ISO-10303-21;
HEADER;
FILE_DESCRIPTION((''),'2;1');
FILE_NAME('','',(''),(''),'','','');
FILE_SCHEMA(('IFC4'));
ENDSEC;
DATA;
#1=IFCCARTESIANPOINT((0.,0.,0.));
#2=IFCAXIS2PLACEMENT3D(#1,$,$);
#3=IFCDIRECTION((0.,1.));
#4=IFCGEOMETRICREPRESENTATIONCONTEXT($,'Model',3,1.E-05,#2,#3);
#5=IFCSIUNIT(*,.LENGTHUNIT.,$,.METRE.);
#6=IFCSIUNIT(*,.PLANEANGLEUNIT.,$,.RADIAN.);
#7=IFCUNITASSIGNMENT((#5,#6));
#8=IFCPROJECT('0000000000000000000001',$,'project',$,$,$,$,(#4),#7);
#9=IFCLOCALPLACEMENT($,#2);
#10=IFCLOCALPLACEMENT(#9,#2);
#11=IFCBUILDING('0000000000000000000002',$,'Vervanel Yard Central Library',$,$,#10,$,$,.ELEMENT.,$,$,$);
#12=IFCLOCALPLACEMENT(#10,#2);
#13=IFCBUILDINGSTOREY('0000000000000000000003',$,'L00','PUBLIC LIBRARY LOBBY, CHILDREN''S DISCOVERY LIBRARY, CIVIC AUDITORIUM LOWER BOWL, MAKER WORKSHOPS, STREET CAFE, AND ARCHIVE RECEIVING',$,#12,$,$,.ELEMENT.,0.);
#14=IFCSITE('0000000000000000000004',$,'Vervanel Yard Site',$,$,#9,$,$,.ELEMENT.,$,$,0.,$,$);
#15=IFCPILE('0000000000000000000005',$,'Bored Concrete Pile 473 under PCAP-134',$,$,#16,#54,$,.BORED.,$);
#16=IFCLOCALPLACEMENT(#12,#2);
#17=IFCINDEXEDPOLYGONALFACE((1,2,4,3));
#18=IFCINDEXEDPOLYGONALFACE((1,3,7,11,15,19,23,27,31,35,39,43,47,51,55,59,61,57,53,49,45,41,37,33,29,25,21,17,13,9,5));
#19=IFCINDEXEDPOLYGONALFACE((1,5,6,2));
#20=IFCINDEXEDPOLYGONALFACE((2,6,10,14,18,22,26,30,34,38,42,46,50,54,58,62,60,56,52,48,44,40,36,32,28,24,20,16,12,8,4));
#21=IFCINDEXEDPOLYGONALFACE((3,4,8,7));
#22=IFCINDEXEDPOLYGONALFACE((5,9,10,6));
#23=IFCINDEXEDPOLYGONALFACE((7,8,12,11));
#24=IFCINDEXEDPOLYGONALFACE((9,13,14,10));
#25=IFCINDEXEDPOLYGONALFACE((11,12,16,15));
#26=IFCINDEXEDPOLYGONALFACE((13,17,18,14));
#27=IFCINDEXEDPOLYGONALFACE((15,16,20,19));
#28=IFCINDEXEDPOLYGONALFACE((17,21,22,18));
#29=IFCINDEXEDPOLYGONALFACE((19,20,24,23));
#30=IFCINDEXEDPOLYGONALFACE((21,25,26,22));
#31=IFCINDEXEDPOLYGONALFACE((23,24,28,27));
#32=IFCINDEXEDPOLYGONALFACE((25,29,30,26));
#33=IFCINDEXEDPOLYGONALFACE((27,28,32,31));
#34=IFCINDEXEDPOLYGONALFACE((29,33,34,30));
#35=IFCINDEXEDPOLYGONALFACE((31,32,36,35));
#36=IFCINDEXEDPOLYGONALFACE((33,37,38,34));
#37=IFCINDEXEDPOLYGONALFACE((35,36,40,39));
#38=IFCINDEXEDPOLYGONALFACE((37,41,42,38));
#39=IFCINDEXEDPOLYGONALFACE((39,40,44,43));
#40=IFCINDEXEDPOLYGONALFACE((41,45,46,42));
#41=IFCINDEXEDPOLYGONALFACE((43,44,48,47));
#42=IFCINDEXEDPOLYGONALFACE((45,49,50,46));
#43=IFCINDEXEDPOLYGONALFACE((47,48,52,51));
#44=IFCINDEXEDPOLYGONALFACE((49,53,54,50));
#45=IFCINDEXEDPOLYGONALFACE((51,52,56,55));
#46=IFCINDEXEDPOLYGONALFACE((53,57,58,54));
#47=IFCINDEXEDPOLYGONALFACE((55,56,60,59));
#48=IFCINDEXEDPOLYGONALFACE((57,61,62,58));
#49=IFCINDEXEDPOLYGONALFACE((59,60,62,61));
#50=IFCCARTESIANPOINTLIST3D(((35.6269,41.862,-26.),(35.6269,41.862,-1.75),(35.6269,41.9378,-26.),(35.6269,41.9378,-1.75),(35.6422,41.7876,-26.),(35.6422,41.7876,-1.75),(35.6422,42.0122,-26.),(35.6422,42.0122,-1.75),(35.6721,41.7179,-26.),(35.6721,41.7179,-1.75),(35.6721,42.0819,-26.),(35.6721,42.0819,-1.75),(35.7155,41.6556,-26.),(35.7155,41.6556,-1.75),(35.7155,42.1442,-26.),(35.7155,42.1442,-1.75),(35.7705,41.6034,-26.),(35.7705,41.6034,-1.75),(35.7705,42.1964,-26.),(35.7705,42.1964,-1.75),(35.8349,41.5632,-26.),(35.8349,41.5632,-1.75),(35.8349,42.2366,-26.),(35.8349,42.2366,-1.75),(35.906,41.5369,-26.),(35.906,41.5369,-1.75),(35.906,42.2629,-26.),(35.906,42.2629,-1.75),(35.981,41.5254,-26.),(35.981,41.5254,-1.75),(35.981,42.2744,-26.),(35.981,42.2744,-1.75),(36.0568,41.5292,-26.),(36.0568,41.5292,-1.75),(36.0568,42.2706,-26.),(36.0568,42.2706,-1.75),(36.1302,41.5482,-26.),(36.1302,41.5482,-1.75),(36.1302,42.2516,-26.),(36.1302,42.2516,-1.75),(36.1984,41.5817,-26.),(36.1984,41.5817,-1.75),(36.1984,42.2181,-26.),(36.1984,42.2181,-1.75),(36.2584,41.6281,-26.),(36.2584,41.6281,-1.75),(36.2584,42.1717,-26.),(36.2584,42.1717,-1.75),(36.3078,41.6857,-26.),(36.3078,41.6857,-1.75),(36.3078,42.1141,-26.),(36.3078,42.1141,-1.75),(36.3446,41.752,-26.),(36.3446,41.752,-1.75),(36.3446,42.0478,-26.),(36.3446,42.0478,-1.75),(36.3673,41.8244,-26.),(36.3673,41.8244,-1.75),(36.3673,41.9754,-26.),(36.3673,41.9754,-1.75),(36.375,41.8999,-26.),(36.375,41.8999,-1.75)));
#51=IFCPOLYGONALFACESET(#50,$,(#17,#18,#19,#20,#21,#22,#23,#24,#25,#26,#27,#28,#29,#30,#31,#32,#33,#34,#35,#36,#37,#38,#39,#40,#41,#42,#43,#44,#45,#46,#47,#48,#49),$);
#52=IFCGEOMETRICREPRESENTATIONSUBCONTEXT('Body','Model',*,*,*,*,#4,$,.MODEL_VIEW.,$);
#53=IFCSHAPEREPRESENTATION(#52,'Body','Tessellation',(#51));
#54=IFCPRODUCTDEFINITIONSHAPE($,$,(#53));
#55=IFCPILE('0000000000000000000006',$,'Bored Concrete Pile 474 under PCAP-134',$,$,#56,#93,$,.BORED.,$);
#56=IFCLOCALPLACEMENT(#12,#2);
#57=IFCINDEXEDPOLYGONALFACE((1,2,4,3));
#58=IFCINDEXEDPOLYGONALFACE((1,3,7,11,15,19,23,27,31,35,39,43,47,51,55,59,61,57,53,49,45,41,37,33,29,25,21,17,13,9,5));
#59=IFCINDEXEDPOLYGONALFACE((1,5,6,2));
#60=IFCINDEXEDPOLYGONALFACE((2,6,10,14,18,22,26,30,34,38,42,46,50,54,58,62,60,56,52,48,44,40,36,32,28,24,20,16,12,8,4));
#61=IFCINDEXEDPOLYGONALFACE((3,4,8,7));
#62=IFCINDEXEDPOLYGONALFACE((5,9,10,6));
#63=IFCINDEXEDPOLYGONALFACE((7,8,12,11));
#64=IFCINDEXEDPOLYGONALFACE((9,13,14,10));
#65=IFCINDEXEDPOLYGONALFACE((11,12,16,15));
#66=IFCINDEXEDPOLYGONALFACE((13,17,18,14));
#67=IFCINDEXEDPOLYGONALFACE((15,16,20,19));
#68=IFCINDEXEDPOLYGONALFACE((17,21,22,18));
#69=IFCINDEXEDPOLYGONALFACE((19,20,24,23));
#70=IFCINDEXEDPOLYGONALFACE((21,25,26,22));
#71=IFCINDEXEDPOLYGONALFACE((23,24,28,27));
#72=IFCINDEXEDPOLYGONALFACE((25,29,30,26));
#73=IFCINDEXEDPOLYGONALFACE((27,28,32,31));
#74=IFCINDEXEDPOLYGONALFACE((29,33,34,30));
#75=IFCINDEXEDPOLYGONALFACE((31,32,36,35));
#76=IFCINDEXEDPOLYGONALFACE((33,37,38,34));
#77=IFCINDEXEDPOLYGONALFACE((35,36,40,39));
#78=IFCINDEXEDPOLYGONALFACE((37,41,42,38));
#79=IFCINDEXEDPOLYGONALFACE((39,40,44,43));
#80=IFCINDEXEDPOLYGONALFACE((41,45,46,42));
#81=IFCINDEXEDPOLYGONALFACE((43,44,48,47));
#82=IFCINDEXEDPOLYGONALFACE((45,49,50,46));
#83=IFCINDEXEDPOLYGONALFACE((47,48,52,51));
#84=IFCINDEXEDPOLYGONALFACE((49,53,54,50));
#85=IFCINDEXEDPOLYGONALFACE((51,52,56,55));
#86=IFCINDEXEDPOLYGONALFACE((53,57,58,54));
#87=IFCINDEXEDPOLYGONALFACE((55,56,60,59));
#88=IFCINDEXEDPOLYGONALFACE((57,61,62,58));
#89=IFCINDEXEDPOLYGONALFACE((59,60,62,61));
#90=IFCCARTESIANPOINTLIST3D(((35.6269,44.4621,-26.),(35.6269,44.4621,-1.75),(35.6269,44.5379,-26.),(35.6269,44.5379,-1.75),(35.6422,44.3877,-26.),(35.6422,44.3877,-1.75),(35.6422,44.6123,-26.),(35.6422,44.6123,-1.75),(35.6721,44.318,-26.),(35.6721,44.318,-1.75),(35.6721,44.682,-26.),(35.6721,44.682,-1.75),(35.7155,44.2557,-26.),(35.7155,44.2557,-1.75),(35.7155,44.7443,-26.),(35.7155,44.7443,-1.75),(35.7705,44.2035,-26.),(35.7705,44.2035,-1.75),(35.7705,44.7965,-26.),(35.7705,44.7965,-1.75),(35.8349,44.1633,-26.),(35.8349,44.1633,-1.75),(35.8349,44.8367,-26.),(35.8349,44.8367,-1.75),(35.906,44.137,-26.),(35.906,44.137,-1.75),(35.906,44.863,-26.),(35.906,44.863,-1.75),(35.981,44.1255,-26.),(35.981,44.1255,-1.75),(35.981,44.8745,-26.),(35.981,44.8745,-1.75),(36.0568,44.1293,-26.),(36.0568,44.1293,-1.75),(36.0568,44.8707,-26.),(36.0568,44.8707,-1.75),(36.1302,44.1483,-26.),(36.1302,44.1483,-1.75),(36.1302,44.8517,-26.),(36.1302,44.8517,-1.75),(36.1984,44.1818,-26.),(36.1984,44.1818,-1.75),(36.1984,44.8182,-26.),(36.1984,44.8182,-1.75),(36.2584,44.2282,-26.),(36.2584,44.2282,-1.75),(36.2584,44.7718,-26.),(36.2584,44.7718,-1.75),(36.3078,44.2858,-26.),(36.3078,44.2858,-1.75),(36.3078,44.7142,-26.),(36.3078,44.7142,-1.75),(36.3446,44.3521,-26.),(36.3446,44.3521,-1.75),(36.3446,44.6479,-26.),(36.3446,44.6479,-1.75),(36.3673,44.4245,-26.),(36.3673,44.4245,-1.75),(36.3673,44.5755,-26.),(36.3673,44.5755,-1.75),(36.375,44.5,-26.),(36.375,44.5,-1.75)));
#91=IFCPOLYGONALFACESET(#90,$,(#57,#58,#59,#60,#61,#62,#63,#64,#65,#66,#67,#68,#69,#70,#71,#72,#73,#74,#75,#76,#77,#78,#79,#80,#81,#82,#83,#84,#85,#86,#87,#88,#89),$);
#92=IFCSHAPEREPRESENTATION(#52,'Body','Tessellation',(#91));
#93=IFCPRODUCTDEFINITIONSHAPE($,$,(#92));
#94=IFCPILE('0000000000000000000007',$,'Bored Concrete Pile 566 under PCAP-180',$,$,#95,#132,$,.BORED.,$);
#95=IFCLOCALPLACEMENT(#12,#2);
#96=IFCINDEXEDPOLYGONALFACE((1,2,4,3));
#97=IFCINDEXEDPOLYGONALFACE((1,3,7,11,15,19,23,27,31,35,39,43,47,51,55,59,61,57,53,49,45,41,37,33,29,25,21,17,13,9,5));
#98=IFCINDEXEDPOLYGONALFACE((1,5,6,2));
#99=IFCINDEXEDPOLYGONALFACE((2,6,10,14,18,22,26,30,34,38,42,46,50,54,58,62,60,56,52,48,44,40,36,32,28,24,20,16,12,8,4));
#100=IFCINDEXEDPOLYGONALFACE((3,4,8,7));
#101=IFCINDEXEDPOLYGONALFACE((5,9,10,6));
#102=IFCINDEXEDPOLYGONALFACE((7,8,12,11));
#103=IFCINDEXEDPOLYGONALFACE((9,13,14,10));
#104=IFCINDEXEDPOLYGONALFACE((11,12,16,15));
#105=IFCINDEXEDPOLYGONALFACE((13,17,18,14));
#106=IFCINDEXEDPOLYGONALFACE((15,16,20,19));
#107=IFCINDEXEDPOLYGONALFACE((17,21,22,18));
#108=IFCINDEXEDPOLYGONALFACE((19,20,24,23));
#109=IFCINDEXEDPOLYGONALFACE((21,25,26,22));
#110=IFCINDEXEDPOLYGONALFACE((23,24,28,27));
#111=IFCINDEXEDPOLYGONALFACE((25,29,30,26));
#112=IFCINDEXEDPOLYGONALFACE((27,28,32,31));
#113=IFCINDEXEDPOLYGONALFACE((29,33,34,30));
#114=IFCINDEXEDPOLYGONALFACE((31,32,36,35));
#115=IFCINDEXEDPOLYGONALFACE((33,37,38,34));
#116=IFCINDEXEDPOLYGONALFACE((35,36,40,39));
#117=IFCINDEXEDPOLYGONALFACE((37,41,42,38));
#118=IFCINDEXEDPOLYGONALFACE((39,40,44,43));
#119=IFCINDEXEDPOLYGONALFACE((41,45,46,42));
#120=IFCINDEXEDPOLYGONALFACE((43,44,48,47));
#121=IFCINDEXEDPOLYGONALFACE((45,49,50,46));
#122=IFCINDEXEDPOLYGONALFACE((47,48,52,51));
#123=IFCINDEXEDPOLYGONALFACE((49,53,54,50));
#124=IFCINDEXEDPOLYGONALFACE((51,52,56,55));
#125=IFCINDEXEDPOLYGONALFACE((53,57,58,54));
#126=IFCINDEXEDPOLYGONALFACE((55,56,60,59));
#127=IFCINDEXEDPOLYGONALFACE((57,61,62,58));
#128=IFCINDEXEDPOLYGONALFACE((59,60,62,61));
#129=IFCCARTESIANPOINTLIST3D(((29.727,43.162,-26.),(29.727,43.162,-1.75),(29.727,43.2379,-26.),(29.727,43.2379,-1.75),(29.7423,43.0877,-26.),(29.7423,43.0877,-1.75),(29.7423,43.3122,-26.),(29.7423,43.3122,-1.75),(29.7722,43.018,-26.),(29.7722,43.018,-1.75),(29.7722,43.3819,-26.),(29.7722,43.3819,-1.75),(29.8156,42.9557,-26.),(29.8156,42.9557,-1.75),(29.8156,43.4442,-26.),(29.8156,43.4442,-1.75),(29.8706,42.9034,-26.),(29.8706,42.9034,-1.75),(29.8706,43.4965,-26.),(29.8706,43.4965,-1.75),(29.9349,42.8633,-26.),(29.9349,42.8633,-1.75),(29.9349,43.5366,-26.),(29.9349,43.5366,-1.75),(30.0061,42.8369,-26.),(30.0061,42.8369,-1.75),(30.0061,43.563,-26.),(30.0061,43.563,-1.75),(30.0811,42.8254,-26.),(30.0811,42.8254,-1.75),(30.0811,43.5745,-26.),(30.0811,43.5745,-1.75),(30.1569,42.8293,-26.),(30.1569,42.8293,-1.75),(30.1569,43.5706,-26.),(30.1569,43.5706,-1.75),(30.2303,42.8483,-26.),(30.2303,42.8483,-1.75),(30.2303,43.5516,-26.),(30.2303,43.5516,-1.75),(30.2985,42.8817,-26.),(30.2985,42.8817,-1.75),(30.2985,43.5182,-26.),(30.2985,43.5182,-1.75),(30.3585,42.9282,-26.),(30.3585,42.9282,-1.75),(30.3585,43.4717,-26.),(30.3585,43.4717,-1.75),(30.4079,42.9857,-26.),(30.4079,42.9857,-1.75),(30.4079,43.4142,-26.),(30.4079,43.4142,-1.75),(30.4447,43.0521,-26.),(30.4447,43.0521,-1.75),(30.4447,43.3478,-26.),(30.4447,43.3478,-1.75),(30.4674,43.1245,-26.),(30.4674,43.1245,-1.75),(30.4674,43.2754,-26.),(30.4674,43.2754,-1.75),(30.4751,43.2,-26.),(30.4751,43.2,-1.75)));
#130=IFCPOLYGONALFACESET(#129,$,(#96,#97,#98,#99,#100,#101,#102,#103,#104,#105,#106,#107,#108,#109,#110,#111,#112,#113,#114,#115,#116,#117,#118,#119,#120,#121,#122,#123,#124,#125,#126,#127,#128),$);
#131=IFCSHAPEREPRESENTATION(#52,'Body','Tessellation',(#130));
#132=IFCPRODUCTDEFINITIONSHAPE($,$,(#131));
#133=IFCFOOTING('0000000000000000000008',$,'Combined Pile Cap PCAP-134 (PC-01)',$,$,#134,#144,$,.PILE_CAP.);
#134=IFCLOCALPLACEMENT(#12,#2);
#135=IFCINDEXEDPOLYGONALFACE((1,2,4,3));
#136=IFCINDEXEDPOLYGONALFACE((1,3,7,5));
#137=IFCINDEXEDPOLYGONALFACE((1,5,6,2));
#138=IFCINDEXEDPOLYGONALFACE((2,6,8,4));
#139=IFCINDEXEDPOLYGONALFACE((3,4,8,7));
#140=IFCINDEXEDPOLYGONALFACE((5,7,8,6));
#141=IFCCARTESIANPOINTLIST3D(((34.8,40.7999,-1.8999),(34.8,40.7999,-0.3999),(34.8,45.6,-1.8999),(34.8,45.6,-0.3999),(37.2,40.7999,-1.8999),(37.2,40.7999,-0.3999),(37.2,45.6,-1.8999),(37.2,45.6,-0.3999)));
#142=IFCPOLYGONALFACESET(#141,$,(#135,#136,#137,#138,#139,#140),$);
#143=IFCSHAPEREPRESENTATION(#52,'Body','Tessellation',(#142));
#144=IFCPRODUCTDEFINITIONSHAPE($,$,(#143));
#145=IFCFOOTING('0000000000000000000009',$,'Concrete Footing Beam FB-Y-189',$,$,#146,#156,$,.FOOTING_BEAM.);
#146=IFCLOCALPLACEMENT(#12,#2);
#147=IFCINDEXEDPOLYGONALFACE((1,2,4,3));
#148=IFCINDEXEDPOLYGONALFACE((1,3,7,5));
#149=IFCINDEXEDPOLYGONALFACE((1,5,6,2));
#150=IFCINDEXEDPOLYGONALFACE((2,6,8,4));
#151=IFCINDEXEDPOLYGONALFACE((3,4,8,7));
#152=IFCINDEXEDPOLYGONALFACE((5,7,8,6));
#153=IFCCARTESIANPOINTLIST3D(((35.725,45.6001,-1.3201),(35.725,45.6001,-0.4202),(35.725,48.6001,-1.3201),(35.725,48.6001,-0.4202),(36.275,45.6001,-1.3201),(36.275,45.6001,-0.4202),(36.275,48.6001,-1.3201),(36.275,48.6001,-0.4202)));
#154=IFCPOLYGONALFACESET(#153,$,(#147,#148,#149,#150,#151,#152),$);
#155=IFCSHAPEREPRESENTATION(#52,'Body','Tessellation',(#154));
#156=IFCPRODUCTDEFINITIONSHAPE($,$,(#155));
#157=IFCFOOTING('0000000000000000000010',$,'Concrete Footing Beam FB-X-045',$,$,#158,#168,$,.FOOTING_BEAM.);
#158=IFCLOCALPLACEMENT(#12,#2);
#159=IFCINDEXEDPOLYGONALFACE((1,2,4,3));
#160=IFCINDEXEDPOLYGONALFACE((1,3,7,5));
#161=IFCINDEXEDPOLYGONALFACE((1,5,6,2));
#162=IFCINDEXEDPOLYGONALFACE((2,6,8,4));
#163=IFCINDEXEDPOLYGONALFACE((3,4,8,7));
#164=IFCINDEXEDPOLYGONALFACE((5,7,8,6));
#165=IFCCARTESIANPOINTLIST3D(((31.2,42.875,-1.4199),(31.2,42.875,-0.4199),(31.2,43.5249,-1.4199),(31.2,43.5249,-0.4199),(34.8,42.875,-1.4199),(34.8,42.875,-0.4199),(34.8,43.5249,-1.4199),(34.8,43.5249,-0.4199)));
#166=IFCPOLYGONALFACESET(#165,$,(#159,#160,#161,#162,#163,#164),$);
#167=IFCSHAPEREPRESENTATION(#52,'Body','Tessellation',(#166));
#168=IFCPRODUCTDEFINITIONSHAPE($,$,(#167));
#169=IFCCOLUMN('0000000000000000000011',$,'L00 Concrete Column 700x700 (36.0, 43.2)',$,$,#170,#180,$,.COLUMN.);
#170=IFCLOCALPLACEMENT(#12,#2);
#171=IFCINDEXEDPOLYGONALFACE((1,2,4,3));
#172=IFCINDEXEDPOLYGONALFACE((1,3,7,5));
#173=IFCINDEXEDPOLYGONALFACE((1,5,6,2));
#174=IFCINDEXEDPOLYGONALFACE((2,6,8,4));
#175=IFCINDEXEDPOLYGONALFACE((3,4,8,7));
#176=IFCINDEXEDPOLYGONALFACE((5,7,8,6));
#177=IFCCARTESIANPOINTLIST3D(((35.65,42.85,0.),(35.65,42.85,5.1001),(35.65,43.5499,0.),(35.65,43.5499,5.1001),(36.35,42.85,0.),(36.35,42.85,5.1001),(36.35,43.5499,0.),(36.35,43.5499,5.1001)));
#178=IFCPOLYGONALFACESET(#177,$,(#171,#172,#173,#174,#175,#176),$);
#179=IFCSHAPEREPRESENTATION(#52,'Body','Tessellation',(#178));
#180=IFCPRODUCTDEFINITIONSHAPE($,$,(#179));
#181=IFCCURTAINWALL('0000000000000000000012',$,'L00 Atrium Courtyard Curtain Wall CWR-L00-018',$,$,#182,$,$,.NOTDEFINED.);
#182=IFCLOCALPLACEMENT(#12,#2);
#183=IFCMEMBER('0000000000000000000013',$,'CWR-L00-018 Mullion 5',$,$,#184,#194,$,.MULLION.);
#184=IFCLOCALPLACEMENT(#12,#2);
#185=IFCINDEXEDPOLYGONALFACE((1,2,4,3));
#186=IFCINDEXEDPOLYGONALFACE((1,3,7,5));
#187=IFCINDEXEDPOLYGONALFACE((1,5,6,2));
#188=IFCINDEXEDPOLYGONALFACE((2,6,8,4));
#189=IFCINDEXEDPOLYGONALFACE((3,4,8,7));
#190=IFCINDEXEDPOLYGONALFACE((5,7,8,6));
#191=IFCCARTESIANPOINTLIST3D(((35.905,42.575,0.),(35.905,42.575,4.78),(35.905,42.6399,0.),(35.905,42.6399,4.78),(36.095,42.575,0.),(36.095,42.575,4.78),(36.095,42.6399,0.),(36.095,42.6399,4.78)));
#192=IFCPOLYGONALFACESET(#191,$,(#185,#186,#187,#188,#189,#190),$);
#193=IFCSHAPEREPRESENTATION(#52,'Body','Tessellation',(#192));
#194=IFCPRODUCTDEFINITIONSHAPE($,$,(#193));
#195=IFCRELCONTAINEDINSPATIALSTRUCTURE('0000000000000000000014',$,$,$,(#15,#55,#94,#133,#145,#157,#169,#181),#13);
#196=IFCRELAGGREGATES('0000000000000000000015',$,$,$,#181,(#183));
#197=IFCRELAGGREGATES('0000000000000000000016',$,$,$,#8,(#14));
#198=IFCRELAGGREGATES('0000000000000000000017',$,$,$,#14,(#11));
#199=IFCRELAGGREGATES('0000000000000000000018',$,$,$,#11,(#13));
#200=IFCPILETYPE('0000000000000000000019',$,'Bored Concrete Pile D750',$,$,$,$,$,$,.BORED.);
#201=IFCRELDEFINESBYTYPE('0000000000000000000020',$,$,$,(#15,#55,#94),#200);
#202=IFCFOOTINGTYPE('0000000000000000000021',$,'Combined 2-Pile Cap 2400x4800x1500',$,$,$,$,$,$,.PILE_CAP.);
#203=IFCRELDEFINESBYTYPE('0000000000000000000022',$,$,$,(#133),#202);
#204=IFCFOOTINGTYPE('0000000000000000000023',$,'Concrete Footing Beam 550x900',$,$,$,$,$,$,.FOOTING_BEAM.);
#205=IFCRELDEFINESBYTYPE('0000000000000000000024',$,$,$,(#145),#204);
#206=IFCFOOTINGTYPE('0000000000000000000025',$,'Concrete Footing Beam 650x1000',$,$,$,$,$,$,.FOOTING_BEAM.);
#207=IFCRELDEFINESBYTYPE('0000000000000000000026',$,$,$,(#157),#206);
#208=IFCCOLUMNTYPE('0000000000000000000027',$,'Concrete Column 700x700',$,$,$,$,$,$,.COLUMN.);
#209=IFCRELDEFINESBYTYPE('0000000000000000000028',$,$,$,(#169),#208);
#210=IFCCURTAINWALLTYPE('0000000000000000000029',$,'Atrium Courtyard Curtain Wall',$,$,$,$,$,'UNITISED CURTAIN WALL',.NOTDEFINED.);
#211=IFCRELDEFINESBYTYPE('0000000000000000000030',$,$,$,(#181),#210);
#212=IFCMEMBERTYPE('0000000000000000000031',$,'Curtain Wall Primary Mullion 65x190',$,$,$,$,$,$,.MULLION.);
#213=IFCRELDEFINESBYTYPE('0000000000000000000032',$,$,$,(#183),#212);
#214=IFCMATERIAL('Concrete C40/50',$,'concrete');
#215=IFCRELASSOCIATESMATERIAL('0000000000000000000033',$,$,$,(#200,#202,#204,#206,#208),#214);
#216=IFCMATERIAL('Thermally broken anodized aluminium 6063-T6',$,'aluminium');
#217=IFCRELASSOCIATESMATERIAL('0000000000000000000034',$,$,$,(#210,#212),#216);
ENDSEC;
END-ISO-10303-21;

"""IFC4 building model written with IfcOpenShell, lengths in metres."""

from ifc_helpers import new_model, si_unit, direction, frame, origin, origin_2d, place, context, subcontext, project, spatial, rectangle, circle, extrude, material, material_profile, profile_set, type_object, element, aggregate, save


model = new_model("IFC4")

# Units and contexts
model_context = context("Model", 3, precision=1e-05, world=origin(), true_north=direction((0.0, 1.0)))
body_context = subcontext(model_context, "Body", "Model", "MODEL_VIEW")
ifc_project = project(units=[si_unit("LENGTHUNIT", "METRE"), si_unit("PLANEANGLEUNIT", "RADIAN")], contexts=[model_context])

# Site, building, storey
site_placement = place(None, origin())
site = spatial("IfcSite", under=ifc_project, at=site_placement, Name="Vervanel Yard Site", CompositionType="ELEMENT", RefElevation=0.0)
building_placement = place(site_placement, origin())
building = spatial("IfcBuilding", under=site, at=building_placement, Name="Vervanel Yard Central Library", CompositionType="ELEMENT")
storey_placement = place(building_placement, origin())
storey = spatial("IfcBuildingStorey", under=building, at=storey_placement, Name="L00", Description="PUBLIC LIBRARY LOBBY, CHILDREN'S DISCOVERY LIBRARY, CIVIC AUDITORIUM LOWER BOWL, MAKER WORKSHOPS, STREET CAFE, AND ARCHIVE RECEIVING", CompositionType="ELEMENT", Elevation=0.0)

# Piles
ifc_material_1 = material(Name="Concrete C40/50", Category="concrete")
ifc_material_profile_1 = material_profile(ifc_material_1, circle(Radius=0.375, at=origin_2d()), Name="BP D750", Category="concrete")
ifc_profile_set_1 = profile_set([ifc_material_profile_1], Name="Concrete C40/50")
pile_type = type_object("IfcPileType", Name="Bored Concrete Pile D750", PredefinedType="BORED", material=ifc_profile_set_1)
for number, where, z_axis, x_axis, name in (
    (1, (36.0, 41.8999, -1.75), (0.0, 0.0, -1.0), (1.0, 0.0, 0.0), "Bored Concrete Pile 473 under PCAP-134"),
    (2, (36.0, 44.5, -1.75), (0.0, 0.0, -1.0), (1.0, 0.0, 0.0), "Bored Concrete Pile 474 under PCAP-134"),
    (3, (30.1001, 43.2, -1.75), (0.0, 0.0, -1.0), (1.0, 0.0, 0.0), "Bored Concrete Pile 566 under PCAP-180"),
):
    element("IfcPile", number, at=place(storey_placement, frame(where, z_axis=z_axis, x_axis=x_axis)), inside=storey, type_object=pile_type, Name=name, PredefinedType="BORED", context=body_context, shape_type="SweptSolid", body=[
        extrude(circle(Radius=0.375, at=origin_2d()), origin(), (0.0, 0.0, 1.0), 24.25),
    ])

# Footings
footing_type_1 = type_object("IfcFootingType", Name="Combined 2-Pile Cap 2400x4800x1500", PredefinedType="PILE_CAP", material=ifc_material_1)
footing_1_placement = place(storey_placement, frame((36.0, 43.2, -1.8999), z_axis=(0.0, 0.0, 1.0), x_axis=(1.0, 0.0, 0.0)))
element("IfcFooting", 4, at=footing_1_placement, inside=storey, type_object=footing_type_1, Name="Combined Pile Cap PCAP-134 (PC-01)", PredefinedType="PILE_CAP", context=body_context, shape_type="SweptSolid", body=[
    extrude(rectangle(XDim=2.3999, YDim=4.8, at=origin_2d()), origin(), (0.0, 0.0, 1.0), 1.5),
])
ifc_material_profile_2 = material_profile(ifc_material_1, rectangle(XDim=0.55, YDim=0.8999, at=origin_2d()), Name="RC 550x900", Category="concrete")
ifc_profile_set_2 = profile_set([ifc_material_profile_2], Name="Concrete C40/50")
footing_type_2 = type_object("IfcFootingType", Name="Concrete Footing Beam 550x900", PredefinedType="FOOTING_BEAM", material=ifc_profile_set_2)
footing_2_placement = place(storey_placement, frame((36.0, 45.6001, -0.8701), z_axis=(0.0, 1.0, 0.0), x_axis=(-1.0, 0.0, 0.0)))
element("IfcFooting", 5, at=footing_2_placement, inside=storey, type_object=footing_type_2, Name="Concrete Footing Beam FB-Y-189", PredefinedType="FOOTING_BEAM", context=body_context, shape_type="SweptSolid", body=[
    extrude(rectangle(XDim=0.55, YDim=0.8999, at=origin_2d()), origin(), (0.0, 0.0, 1.0), 3.0),
])
ifc_material_profile_3 = material_profile(ifc_material_1, rectangle(XDim=0.6499, YDim=1.0, at=origin_2d()), Name="RC 650x1000", Category="concrete")
ifc_profile_set_3 = profile_set([ifc_material_profile_3], Name="Concrete C40/50")
footing_type_3 = type_object("IfcFootingType", Name="Concrete Footing Beam 650x1000", PredefinedType="FOOTING_BEAM", material=ifc_profile_set_3)
footing_3_placement = place(storey_placement, frame((31.2, 43.2, -0.9199), z_axis=(1.0, 0.0, 0.0), x_axis=(0.0, 1.0, 0.0)))
element("IfcFooting", 6, at=footing_3_placement, inside=storey, type_object=footing_type_3, Name="Concrete Footing Beam FB-X-045", PredefinedType="FOOTING_BEAM", context=body_context, shape_type="SweptSolid", body=[
    extrude(rectangle(XDim=0.6499, YDim=1.0, at=origin_2d()), origin(), (0.0, 0.0, 1.0), 3.6001),
])

# Column
ifc_material_profile_4 = material_profile(ifc_material_1, rectangle(XDim=0.7, YDim=0.7, at=origin_2d()), Name="RC 700x700", Category="concrete")
ifc_profile_set_4 = profile_set([ifc_material_profile_4], Name="Concrete C40/50")
column_type = type_object("IfcColumnType", Name="Concrete Column 700x700", PredefinedType="COLUMN", material=ifc_profile_set_4)
column_placement = place(storey_placement, frame((36.0, 43.2, 0.0), z_axis=(0.0, 0.0, 1.0), x_axis=(1.0, 0.0, 0.0)))
element("IfcColumn", 7, at=column_placement, inside=storey, type_object=column_type, Name="L00 Concrete Column 700x700 (36.0, 43.2)", PredefinedType="COLUMN", context=body_context, shape_type="SweptSolid", body=[
    extrude(rectangle(XDim=0.7, YDim=0.7, at=origin_2d()), origin(), (0.0, 0.0, 1.0), 5.1001),
])

# Curtain wall, member
ifc_material_2 = material(Name="Thermally broken anodized aluminium 6063-T6", Category="aluminium")
curtain_wall_type = type_object("IfcCurtainWallType", Name="Atrium Courtyard Curtain Wall", ElementType="UNITISED CURTAIN WALL", PredefinedType="NOTDEFINED", material=ifc_material_2)
curtain_wall_1_placement = place(storey_placement, origin())
curtain_wall_1 = element("IfcCurtainWall", 8, at=curtain_wall_1_placement, inside=storey, type_object=curtain_wall_type, Name="L00 Atrium Courtyard Curtain Wall CWR-L00-018", PredefinedType="NOTDEFINED")
ifc_material_profile_5 = material_profile(ifc_material_2, rectangle(XDim=0.0649, YDim=0.1899, at=origin_2d()), Name="ALU 65x190", Category="aluminium")
ifc_profile_set_5 = profile_set([ifc_material_profile_5], Name="Thermally broken anodized aluminium 6063-T6")
member_type_1 = type_object("IfcMemberType", Name="Curtain Wall Primary Mullion 65x190", PredefinedType="MULLION", material=ifc_profile_set_5)
member_1_placement = place(storey_placement, frame((36.0, 42.6074, 0.0), z_axis=(0.0, 0.0, 1.0), x_axis=(0.0, 1.0, 0.0)))
member_1 = element("IfcMember", 9, at=member_1_placement, type_object=member_type_1, Name="CWR-L00-018 Mullion 5", PredefinedType="MULLION", context=body_context, shape_type="SweptSolid", body=[
    extrude(rectangle(XDim=0.0649, YDim=0.1899, at=origin_2d()), origin(), (0.0, 0.0, 1.0), 4.78),
])
aggregate(curtain_wall_1, [member_1])

save(model, "model.ifc")
